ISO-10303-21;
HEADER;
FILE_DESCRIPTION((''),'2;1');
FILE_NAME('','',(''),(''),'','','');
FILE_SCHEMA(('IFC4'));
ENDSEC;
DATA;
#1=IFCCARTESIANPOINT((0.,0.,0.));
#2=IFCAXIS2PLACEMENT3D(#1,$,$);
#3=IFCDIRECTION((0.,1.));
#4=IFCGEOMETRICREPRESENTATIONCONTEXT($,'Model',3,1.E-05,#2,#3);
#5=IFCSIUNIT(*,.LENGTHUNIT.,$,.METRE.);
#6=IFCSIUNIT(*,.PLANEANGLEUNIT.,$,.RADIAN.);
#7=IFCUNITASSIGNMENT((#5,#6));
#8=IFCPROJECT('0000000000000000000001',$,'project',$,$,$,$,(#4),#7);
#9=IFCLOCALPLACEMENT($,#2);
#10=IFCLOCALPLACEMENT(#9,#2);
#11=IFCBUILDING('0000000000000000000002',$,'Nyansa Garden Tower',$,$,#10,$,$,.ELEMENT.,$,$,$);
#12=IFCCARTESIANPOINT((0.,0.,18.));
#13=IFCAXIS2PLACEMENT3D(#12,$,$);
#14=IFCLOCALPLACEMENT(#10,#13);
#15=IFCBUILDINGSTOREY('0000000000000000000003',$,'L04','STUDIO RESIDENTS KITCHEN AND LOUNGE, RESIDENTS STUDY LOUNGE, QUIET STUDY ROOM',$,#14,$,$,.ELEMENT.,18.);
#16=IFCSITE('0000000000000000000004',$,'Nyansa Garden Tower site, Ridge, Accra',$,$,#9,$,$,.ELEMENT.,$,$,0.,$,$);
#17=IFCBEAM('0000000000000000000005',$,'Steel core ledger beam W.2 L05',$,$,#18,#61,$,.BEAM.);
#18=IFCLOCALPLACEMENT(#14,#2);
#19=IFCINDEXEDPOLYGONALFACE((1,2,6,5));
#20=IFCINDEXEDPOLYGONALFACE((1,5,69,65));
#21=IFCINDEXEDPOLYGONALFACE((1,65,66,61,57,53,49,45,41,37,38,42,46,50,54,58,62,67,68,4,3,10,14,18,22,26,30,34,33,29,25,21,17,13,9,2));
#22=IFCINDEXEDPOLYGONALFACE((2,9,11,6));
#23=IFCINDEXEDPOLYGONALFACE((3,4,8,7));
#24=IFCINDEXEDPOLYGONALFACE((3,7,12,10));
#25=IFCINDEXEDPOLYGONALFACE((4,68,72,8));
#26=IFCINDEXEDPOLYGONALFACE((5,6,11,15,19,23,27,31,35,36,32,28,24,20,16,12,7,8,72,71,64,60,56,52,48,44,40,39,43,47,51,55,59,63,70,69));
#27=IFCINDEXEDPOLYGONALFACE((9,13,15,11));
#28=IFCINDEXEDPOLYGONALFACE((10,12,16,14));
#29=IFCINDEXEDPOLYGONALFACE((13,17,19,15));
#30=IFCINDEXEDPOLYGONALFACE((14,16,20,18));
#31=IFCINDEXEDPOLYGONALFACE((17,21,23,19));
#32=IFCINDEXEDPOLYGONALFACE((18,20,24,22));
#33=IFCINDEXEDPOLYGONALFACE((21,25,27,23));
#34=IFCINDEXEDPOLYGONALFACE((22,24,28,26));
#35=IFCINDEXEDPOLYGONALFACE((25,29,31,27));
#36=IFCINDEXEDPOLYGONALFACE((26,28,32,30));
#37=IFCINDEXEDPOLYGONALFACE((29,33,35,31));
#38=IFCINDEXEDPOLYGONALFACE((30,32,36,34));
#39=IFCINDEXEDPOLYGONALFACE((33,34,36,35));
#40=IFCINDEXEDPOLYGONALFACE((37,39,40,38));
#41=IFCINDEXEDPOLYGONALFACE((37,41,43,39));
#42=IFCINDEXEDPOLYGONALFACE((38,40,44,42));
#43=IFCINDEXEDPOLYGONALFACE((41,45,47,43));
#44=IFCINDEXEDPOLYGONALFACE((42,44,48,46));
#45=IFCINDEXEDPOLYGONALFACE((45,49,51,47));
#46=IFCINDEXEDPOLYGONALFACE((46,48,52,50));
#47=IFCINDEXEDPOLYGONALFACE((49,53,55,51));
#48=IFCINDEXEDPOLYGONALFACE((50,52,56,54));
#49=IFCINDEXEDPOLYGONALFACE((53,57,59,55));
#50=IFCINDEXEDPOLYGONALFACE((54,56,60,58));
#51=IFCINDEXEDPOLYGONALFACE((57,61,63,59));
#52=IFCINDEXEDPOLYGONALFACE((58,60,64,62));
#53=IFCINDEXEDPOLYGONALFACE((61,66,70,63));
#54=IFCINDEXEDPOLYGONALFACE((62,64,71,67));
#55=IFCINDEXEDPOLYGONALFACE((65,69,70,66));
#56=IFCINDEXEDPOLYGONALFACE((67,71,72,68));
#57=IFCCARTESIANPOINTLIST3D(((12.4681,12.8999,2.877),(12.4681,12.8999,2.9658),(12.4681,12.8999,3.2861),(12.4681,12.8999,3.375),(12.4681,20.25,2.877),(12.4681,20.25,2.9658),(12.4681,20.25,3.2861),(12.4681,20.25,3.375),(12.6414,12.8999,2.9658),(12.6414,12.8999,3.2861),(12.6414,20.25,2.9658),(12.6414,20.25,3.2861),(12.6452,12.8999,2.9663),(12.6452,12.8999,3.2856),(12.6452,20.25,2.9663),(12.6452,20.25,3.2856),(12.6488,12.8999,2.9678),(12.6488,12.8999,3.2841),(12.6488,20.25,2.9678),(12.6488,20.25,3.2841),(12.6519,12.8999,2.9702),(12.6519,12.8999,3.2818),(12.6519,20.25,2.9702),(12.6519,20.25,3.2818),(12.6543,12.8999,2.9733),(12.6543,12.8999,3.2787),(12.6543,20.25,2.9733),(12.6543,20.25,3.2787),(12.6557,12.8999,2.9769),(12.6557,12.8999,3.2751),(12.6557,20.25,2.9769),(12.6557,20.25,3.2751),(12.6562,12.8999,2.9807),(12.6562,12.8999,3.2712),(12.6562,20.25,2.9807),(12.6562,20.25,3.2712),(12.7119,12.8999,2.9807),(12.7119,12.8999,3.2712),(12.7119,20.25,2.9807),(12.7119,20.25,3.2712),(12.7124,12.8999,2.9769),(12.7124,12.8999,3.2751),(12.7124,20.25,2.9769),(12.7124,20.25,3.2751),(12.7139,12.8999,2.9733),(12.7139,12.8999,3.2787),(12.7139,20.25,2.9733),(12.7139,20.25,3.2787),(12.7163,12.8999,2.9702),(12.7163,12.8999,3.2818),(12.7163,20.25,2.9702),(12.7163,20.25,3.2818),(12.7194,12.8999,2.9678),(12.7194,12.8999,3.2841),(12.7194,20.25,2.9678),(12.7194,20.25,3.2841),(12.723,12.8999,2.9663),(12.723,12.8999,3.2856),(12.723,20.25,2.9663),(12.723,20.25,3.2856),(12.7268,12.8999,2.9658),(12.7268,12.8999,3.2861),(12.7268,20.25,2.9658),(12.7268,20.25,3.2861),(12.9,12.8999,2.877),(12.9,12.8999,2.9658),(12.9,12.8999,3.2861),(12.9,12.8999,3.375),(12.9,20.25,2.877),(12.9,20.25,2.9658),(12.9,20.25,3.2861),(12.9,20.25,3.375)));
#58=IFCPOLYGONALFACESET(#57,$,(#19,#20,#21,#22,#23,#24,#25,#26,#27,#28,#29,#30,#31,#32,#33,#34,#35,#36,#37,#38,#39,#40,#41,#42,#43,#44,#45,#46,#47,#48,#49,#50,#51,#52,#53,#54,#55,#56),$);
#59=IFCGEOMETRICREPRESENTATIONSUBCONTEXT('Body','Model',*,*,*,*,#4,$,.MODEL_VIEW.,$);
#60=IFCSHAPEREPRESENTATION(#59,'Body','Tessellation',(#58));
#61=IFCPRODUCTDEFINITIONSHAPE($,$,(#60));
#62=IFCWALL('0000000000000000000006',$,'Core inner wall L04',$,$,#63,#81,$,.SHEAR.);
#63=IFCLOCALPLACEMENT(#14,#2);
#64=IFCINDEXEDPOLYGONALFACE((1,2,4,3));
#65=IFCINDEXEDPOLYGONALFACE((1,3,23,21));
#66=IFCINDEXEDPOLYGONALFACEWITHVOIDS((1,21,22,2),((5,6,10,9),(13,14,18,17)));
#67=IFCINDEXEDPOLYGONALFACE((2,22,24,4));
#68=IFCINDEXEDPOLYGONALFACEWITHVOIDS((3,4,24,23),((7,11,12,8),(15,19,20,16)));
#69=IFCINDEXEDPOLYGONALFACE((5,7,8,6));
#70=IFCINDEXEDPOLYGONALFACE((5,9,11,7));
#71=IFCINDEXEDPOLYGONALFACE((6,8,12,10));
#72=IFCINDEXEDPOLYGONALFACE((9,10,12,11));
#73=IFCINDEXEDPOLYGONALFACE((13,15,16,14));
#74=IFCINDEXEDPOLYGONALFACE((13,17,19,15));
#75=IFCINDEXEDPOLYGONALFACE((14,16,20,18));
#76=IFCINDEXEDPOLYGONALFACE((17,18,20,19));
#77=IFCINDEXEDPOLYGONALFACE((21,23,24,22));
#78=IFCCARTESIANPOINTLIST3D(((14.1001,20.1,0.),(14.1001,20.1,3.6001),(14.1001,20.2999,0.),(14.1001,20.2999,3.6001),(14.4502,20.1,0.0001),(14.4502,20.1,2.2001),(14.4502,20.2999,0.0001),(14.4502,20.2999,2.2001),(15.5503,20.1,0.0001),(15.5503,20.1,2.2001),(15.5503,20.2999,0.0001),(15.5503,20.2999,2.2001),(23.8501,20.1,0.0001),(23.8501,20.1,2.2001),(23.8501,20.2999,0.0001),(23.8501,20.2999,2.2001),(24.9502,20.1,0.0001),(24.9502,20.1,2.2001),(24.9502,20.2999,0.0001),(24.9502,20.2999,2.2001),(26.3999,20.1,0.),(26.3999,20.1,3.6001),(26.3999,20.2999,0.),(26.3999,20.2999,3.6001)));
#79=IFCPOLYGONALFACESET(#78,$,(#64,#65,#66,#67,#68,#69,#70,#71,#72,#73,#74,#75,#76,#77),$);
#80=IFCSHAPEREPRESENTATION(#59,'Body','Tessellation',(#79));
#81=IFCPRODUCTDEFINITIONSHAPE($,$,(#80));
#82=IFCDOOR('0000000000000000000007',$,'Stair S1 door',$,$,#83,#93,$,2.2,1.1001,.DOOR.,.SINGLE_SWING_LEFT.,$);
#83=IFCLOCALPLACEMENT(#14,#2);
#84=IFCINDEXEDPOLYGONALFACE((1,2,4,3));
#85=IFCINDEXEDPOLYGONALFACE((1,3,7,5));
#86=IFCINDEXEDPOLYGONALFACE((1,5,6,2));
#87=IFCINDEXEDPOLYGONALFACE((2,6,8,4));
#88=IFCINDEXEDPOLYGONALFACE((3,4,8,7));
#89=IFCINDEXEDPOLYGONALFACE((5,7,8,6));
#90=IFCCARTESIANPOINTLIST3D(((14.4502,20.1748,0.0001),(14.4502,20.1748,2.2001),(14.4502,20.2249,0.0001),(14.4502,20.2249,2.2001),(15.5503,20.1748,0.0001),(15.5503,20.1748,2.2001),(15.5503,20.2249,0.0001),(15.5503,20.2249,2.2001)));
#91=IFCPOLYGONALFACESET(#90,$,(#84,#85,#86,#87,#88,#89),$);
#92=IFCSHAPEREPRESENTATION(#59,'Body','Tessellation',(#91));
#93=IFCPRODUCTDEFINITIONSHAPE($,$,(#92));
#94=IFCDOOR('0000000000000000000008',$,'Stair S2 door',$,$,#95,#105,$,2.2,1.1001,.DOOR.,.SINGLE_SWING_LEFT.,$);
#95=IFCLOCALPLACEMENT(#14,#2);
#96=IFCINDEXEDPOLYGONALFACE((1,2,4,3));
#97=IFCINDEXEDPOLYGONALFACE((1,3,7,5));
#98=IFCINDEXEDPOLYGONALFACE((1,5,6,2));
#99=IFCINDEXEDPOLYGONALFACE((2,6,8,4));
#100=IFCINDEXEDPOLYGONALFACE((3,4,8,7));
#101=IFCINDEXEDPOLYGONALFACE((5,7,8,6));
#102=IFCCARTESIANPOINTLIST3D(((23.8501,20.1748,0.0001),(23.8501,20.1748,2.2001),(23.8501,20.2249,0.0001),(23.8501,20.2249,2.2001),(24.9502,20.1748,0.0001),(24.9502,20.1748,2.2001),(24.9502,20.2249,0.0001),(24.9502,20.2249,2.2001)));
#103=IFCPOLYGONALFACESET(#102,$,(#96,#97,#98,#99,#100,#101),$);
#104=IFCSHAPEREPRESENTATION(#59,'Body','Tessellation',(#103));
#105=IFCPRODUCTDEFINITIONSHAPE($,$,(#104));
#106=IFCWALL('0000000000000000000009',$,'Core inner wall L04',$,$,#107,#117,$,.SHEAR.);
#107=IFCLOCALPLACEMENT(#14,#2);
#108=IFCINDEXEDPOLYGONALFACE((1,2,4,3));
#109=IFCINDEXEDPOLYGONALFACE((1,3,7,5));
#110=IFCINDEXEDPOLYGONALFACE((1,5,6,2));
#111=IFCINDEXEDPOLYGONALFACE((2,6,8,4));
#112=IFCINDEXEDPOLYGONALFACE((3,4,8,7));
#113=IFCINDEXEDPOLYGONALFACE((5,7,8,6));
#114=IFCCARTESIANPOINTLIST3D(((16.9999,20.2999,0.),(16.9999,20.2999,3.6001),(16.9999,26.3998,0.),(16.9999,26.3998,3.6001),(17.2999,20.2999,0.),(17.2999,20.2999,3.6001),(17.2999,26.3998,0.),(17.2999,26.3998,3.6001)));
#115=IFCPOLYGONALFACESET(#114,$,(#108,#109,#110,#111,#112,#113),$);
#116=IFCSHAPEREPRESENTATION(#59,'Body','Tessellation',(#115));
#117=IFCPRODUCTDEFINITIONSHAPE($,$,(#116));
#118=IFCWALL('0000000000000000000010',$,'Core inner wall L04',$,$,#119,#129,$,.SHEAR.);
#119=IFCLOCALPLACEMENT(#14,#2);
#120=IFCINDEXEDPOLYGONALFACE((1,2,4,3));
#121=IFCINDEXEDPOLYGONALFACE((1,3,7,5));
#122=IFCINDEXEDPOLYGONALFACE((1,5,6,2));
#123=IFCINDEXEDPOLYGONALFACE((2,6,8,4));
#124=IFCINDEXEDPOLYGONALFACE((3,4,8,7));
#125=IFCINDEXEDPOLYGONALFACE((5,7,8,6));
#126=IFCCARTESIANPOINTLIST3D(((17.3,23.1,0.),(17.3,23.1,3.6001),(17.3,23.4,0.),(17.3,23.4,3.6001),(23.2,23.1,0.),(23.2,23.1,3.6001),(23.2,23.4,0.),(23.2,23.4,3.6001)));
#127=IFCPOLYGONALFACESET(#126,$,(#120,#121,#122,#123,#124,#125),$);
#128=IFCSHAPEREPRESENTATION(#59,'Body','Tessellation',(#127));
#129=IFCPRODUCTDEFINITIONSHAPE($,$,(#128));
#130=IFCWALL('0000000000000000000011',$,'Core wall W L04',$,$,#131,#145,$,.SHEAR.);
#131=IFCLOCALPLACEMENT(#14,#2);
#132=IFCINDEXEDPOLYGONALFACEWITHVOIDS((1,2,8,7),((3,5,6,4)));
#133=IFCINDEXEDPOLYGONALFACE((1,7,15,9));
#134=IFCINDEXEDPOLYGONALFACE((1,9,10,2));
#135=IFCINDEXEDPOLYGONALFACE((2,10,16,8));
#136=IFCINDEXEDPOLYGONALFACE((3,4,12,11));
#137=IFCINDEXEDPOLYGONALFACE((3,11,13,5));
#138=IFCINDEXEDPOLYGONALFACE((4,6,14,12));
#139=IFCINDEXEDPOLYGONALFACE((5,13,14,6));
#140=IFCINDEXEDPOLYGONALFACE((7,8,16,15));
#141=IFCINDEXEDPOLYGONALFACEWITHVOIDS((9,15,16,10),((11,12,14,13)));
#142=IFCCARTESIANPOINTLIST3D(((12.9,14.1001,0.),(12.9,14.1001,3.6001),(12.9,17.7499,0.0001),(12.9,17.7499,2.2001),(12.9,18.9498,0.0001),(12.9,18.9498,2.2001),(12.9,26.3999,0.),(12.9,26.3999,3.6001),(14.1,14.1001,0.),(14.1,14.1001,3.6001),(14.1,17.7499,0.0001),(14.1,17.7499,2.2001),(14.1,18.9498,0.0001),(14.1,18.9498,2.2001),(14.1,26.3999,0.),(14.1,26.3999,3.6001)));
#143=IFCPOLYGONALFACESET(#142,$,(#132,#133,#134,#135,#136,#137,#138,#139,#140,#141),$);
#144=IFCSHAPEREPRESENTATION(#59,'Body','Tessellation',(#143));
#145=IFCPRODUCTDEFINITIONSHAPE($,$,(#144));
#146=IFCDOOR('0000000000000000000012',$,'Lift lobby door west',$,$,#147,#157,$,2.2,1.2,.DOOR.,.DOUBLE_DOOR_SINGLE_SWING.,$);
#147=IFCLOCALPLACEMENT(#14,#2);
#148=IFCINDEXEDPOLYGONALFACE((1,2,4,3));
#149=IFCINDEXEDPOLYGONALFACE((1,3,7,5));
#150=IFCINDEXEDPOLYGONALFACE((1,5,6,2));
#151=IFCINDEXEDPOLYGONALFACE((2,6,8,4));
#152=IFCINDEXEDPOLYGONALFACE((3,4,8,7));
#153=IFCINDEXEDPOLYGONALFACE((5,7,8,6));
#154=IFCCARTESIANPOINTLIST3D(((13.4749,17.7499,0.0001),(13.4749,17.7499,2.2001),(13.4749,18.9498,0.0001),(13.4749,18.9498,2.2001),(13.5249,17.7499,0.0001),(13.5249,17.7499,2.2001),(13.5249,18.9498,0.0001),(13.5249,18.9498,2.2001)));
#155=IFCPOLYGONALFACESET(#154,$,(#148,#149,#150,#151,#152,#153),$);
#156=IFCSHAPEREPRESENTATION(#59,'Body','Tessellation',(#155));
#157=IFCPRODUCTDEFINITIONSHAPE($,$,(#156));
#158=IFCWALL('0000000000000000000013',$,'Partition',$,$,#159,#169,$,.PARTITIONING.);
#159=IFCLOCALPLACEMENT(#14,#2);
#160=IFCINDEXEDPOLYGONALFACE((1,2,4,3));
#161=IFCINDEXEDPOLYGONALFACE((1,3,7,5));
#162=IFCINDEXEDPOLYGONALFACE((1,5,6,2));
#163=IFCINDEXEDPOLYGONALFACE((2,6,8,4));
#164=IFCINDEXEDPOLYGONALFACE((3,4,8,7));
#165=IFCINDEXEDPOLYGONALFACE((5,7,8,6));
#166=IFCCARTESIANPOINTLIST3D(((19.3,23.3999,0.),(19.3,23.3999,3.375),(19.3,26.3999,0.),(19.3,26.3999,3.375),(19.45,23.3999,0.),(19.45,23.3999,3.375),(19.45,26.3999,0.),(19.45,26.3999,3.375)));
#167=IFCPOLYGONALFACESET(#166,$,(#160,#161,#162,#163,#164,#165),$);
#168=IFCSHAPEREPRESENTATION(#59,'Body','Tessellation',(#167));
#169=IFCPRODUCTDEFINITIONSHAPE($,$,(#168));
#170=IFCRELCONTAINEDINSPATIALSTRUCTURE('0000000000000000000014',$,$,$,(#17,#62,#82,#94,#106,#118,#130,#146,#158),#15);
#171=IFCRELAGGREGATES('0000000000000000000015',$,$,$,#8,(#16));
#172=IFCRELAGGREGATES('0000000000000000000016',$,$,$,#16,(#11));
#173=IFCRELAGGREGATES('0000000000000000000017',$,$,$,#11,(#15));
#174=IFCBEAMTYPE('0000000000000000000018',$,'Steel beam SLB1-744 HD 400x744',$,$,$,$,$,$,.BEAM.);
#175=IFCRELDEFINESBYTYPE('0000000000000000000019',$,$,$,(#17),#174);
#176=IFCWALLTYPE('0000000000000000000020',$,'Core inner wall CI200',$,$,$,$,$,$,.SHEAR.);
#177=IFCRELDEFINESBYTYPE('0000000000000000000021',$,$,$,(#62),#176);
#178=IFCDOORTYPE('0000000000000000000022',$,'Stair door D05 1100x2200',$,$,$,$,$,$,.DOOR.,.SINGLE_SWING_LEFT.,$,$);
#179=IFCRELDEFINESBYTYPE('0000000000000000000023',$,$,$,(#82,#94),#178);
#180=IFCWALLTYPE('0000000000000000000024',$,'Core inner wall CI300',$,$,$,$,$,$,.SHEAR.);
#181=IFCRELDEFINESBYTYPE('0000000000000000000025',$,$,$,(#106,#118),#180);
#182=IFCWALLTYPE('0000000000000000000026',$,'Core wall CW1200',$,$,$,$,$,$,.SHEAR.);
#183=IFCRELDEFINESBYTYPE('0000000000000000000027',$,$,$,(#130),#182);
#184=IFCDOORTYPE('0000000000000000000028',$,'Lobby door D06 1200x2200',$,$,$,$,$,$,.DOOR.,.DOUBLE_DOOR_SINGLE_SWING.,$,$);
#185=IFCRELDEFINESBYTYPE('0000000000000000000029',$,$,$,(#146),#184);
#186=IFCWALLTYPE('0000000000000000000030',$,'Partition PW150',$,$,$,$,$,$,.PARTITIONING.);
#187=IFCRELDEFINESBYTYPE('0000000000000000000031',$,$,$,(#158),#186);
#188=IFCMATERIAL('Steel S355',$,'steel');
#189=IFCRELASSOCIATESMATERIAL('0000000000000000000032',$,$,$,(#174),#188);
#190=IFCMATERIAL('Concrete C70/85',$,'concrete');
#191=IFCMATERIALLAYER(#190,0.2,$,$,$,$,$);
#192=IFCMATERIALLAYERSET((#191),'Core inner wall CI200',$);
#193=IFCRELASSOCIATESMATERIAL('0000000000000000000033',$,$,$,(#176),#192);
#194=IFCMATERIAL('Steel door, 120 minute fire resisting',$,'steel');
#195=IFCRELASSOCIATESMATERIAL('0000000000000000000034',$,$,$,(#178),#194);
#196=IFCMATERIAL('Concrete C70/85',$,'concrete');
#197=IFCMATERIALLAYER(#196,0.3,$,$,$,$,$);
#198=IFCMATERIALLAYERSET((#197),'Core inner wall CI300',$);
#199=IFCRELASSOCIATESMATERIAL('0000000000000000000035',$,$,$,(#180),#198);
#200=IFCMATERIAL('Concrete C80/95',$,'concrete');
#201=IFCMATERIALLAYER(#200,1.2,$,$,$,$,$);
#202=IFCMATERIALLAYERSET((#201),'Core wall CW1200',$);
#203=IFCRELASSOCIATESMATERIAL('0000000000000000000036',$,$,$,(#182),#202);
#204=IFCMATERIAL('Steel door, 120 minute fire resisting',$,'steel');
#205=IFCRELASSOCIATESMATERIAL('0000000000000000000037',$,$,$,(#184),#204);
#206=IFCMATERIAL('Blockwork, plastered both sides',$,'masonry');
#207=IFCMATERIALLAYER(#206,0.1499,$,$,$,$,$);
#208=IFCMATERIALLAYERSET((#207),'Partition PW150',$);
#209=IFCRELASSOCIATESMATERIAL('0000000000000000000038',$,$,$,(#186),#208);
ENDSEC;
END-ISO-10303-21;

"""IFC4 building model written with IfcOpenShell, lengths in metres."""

from ifc_helpers import new_model, si_unit, direction, frame, frame_2d, origin, origin_2d, place, context, subcontext, project, spatial, rectangle, i_section, extrude, material, layer, layer_set, material_profile, profile_set, type_object, element, fill, save


model = new_model("IFC4")

# Units and contexts
model_context = context("Model", 3, precision=1e-05, world=origin(), true_north=direction((0.0, 1.0)))
body_context = subcontext(model_context, "Body", "Model", "MODEL_VIEW")
ifc_project = project(units=[si_unit("LENGTHUNIT", "METRE"), si_unit("PLANEANGLEUNIT", "RADIAN")], contexts=[model_context])

# Site, building, storey
site_placement = place(None, origin())
site = spatial("IfcSite", under=ifc_project, at=site_placement, Name="Nyansa Garden Tower site, Ridge, Accra", CompositionType="ELEMENT", RefElevation=0.0)
building_placement = place(site_placement, origin())
building = spatial("IfcBuilding", under=site, at=building_placement, Name="Nyansa Garden Tower", CompositionType="ELEMENT")
storey_placement = place(building_placement, frame((0.0, 0.0, 18.0)))
storey = spatial("IfcBuildingStorey", under=building, at=storey_placement, Name="L04", Description="STUDIO RESIDENTS KITCHEN AND LOUNGE, RESIDENTS STUDY LOUNGE, QUIET STUDY ROOM", CompositionType="ELEMENT", Elevation=18.0)

# Beam
ifc_material_1 = material(Name="Steel S355", Category="steel")
ifc_material_profile_1 = material_profile(ifc_material_1, i_section(OverallWidth=0.4319, OverallDepth=0.498, WebThickness=0.0557, FlangeThickness=0.0889, FilletRadius=0.0149, at=origin_2d()), Name="HD 400x744")
ifc_profile_set_1 = profile_set([ifc_material_profile_1], Name="Steel S355")
beam_type_1 = type_object("IfcBeamType", Name="Steel beam SLB1-744 HD 400x744", PredefinedType="BEAM", material=ifc_profile_set_1)
for number, where, z_axis, x_axis, name in (
    (1, (12.6841, 20.25, 3.126), (0.0, -1.0, 0.0), (1.0, 0.0, 0.0), "Steel core ledger beam W.2 L05"),
):
    element("IfcBeam", number, at=place(storey_placement, frame(where, z_axis=z_axis, x_axis=x_axis)), inside=storey, type_object=beam_type_1, Name=name, PredefinedType="BEAM", context=body_context, shape_type="SweptSolid", body=[
        extrude(i_section(OverallWidth=0.4319, OverallDepth=0.498, WebThickness=0.0557, FlangeThickness=0.0889, FilletRadius=0.0149, at=origin_2d()), origin(), (0.0, 0.0, 1.0), 7.3501),
    ])

# Wall, openings, doors
ifc_material_2 = material(Name="Concrete C70/85", Category="concrete")
ifc_layer_1 = layer(ifc_material_2, 0.2)
ifc_layer_set_1 = layer_set([ifc_layer_1], Name="Core inner wall CI200")
wall_type_1 = type_object("IfcWallType", Name="Core inner wall CI200", PredefinedType="SHEAR", material=ifc_layer_set_1)
wall_1_placement = place(storey_placement, frame((14.1001, 20.2, 0.0), z_axis=(0.0, 0.0, 1.0), x_axis=(1.0, 0.0, 0.0)))
wall_1 = element("IfcWall", 2, at=wall_1_placement, inside=storey, type_object=wall_type_1, Name="Core inner wall L04", PredefinedType="SHEAR", context=body_context, shape_type="SweptSolid", body=[
    extrude(rectangle(XDim=12.2998, YDim=0.2, at=frame_2d((6.1499, 0.0))), origin(), (0.0, 0.0, 1.0), 3.6001),
])
opening_1_placement = place(wall_1_placement, frame((0.3501, 0.0, 0.0)))
opening_1 = element("IfcOpeningElement", 3, at=opening_1_placement, cuts=wall_1, PredefinedType="OPENING", context=body_context, shape_type="SweptSolid", body=[
    extrude(rectangle(XDim=1.1001, YDim=2.2, at=frame_2d((0.55, 1.1001))), frame((0.0, 0.1099, 0.0), z_axis=(0.0, -1.0, 0.0), x_axis=(1.0, 0.0, 0.0)), (0.0, 0.0, 1.0), 0.22),
])
opening_2_placement = place(wall_1_placement, frame((9.75, 0.0, 0.0)))
opening_2 = element("IfcOpeningElement", 4, at=opening_2_placement, cuts=wall_1, PredefinedType="OPENING", context=body_context, shape_type="SweptSolid", body=[
    extrude(rectangle(XDim=1.1001, YDim=2.2, at=frame_2d((0.55, 1.1001))), frame((0.0, 0.1099, 0.0), z_axis=(0.0, -1.0, 0.0), x_axis=(1.0, 0.0, 0.0)), (0.0, 0.0, 1.0), 0.22),
])
ifc_material_3 = material(Name="Steel door, 120 minute fire resisting", Category="steel")
door_type_1 = type_object("IfcDoorType", Name="Stair door D05 1100x2200", OperationType="SINGLE_SWING_LEFT", PredefinedType="DOOR", material=ifc_material_3)
door_1_placement = place(opening_1_placement, origin())
door_1 = element("IfcDoor", 5, at=door_1_placement, inside=storey, type_object=door_type_1, Name="Stair S1 door", OperationType="SINGLE_SWING_LEFT", OverallHeight=2.2, OverallWidth=1.1001, PredefinedType="DOOR", context=body_context, shape_type="SweptSolid", body=[
    extrude(rectangle(XDim=1.1001, YDim=2.2, at=frame_2d((0.55, 1.1001))), frame((0.0, 0.0249, 0.0), z_axis=(0.0, -1.0, 0.0), x_axis=(1.0, 0.0, 0.0)), (0.0, 0.0, 1.0), 0.05),
])
fill(opening_1, door_1)
door_2_placement = place(opening_2_placement, origin())
door_2 = element("IfcDoor", 6, at=door_2_placement, inside=storey, type_object=door_type_1, Name="Stair S2 door", OperationType="SINGLE_SWING_LEFT", OverallHeight=2.2, OverallWidth=1.1001, PredefinedType="DOOR", context=body_context, shape_type="SweptSolid", body=[
    extrude(rectangle(XDim=1.1001, YDim=2.2, at=frame_2d((0.55, 1.1001))), frame((0.0, 0.0249, 0.0), z_axis=(0.0, -1.0, 0.0), x_axis=(1.0, 0.0, 0.0)), (0.0, 0.0, 1.0), 0.05),
])
fill(opening_2, door_2)

# Walls
ifc_material_4 = material(Name="Concrete C70/85", Category="concrete")
ifc_layer_2 = layer(ifc_material_4, 0.3)
ifc_layer_set_2 = layer_set([ifc_layer_2], Name="Core inner wall CI300")
wall_type_2 = type_object("IfcWallType", Name="Core inner wall CI300", PredefinedType="SHEAR", material=ifc_layer_set_2)
wall_2_placement = place(storey_placement, frame((17.1499, 20.3, 0.0), z_axis=(0.0, 0.0, 1.0), x_axis=(0.0, 1.0, 0.0)))
element("IfcWall", 7, at=wall_2_placement, inside=storey, type_object=wall_type_2, Name="Core inner wall L04", PredefinedType="SHEAR", context=body_context, shape_type="SweptSolid", body=[
    extrude(rectangle(XDim=6.0999, YDim=0.3, at=frame_2d((3.0498, 0.0))), origin(), (0.0, 0.0, 1.0), 3.6001),
])
wall_3_placement = place(storey_placement, frame((17.3, 23.25, 0.0), z_axis=(0.0, 0.0, 1.0), x_axis=(1.0, 0.0, 0.0)))
element("IfcWall", 8, at=wall_3_placement, inside=storey, type_object=wall_type_2, Name="Core inner wall L04", PredefinedType="SHEAR", context=body_context, shape_type="SweptSolid", body=[
    extrude(rectangle(XDim=5.8999, YDim=0.3, at=frame_2d((2.95, 0.0))), origin(), (0.0, 0.0, 1.0), 3.6001),
])

# Wall, opening, door
ifc_material_5 = material(Name="Concrete C80/95", Category="concrete")
ifc_layer_3 = layer(ifc_material_5, 1.2)
ifc_layer_set_3 = layer_set([ifc_layer_3], Name="Core wall CW1200")
wall_type_3 = type_object("IfcWallType", Name="Core wall CW1200", PredefinedType="SHEAR", material=ifc_layer_set_3)
wall_4_placement = place(storey_placement, frame((13.5, 26.3999, 0.0), z_axis=(0.0, 0.0, 1.0), x_axis=(0.0, -1.0, 0.0)))
wall_4 = element("IfcWall", 9, at=wall_4_placement, inside=storey, type_object=wall_type_3, Name="Core wall W L04", PredefinedType="SHEAR", context=body_context, shape_type="SweptSolid", body=[
    extrude(rectangle(XDim=12.2998, YDim=1.2, at=frame_2d((6.1499, 0.0))), origin(), (0.0, 0.0, 1.0), 3.6001),
])
opening_3_placement = place(wall_4_placement, frame((7.45, 0.0, 0.0)))
opening_3 = element("IfcOpeningElement", 10, at=opening_3_placement, cuts=wall_4, PredefinedType="OPENING", context=body_context, shape_type="SweptSolid", body=[
    extrude(rectangle(XDim=1.2, YDim=2.2, at=frame_2d((0.6001, 1.1001))), frame((0.0, 0.6099, 0.0), z_axis=(0.0, -1.0, 0.0), x_axis=(1.0, 0.0, 0.0)), (0.0, 0.0, 1.0), 1.22),
])
ifc_material_6 = material(Name="Steel door, 120 minute fire resisting", Category="steel")
door_type_2 = type_object("IfcDoorType", Name="Lobby door D06 1200x2200", OperationType="DOUBLE_DOOR_SINGLE_SWING", PredefinedType="DOOR", material=ifc_material_6)
door_3_placement = place(opening_3_placement, origin())
door_3 = element("IfcDoor", 11, at=door_3_placement, inside=storey, type_object=door_type_2, Name="Lift lobby door west", OperationType="DOUBLE_DOOR_SINGLE_SWING", OverallHeight=2.2, OverallWidth=1.2, PredefinedType="DOOR", context=body_context, shape_type="SweptSolid", body=[
    extrude(rectangle(XDim=1.2, YDim=2.2, at=frame_2d((0.6001, 1.1001))), frame((0.0, 0.0249, 0.0), z_axis=(0.0, -1.0, 0.0), x_axis=(1.0, 0.0, 0.0)), (0.0, 0.0, 1.0), 0.05),
])
fill(opening_3, door_3)

# Wall
ifc_material_7 = material(Name="Blockwork, plastered both sides", Category="masonry")
ifc_layer_4 = layer(ifc_material_7, 0.1499)
ifc_layer_set_4 = layer_set([ifc_layer_4], Name="Partition PW150")
wall_type_4 = type_object("IfcWallType", Name="Partition PW150", PredefinedType="PARTITIONING", material=ifc_layer_set_4)
wall_5_placement = place(storey_placement, frame((19.375, 23.3999, 0.0), z_axis=(0.0, 0.0, 1.0), x_axis=(0.0, 1.0, 0.0)))
element("IfcWall", 12, at=wall_5_placement, inside=storey, type_object=wall_type_4, Name="Partition", PredefinedType="PARTITIONING", context=body_context, shape_type="SweptSolid", body=[
    extrude(rectangle(XDim=3.0, YDim=0.1499, at=frame_2d((1.5, 0.0))), origin(), (0.0, 0.0, 1.0), 3.375),
])

save(model, "model.ifc")
